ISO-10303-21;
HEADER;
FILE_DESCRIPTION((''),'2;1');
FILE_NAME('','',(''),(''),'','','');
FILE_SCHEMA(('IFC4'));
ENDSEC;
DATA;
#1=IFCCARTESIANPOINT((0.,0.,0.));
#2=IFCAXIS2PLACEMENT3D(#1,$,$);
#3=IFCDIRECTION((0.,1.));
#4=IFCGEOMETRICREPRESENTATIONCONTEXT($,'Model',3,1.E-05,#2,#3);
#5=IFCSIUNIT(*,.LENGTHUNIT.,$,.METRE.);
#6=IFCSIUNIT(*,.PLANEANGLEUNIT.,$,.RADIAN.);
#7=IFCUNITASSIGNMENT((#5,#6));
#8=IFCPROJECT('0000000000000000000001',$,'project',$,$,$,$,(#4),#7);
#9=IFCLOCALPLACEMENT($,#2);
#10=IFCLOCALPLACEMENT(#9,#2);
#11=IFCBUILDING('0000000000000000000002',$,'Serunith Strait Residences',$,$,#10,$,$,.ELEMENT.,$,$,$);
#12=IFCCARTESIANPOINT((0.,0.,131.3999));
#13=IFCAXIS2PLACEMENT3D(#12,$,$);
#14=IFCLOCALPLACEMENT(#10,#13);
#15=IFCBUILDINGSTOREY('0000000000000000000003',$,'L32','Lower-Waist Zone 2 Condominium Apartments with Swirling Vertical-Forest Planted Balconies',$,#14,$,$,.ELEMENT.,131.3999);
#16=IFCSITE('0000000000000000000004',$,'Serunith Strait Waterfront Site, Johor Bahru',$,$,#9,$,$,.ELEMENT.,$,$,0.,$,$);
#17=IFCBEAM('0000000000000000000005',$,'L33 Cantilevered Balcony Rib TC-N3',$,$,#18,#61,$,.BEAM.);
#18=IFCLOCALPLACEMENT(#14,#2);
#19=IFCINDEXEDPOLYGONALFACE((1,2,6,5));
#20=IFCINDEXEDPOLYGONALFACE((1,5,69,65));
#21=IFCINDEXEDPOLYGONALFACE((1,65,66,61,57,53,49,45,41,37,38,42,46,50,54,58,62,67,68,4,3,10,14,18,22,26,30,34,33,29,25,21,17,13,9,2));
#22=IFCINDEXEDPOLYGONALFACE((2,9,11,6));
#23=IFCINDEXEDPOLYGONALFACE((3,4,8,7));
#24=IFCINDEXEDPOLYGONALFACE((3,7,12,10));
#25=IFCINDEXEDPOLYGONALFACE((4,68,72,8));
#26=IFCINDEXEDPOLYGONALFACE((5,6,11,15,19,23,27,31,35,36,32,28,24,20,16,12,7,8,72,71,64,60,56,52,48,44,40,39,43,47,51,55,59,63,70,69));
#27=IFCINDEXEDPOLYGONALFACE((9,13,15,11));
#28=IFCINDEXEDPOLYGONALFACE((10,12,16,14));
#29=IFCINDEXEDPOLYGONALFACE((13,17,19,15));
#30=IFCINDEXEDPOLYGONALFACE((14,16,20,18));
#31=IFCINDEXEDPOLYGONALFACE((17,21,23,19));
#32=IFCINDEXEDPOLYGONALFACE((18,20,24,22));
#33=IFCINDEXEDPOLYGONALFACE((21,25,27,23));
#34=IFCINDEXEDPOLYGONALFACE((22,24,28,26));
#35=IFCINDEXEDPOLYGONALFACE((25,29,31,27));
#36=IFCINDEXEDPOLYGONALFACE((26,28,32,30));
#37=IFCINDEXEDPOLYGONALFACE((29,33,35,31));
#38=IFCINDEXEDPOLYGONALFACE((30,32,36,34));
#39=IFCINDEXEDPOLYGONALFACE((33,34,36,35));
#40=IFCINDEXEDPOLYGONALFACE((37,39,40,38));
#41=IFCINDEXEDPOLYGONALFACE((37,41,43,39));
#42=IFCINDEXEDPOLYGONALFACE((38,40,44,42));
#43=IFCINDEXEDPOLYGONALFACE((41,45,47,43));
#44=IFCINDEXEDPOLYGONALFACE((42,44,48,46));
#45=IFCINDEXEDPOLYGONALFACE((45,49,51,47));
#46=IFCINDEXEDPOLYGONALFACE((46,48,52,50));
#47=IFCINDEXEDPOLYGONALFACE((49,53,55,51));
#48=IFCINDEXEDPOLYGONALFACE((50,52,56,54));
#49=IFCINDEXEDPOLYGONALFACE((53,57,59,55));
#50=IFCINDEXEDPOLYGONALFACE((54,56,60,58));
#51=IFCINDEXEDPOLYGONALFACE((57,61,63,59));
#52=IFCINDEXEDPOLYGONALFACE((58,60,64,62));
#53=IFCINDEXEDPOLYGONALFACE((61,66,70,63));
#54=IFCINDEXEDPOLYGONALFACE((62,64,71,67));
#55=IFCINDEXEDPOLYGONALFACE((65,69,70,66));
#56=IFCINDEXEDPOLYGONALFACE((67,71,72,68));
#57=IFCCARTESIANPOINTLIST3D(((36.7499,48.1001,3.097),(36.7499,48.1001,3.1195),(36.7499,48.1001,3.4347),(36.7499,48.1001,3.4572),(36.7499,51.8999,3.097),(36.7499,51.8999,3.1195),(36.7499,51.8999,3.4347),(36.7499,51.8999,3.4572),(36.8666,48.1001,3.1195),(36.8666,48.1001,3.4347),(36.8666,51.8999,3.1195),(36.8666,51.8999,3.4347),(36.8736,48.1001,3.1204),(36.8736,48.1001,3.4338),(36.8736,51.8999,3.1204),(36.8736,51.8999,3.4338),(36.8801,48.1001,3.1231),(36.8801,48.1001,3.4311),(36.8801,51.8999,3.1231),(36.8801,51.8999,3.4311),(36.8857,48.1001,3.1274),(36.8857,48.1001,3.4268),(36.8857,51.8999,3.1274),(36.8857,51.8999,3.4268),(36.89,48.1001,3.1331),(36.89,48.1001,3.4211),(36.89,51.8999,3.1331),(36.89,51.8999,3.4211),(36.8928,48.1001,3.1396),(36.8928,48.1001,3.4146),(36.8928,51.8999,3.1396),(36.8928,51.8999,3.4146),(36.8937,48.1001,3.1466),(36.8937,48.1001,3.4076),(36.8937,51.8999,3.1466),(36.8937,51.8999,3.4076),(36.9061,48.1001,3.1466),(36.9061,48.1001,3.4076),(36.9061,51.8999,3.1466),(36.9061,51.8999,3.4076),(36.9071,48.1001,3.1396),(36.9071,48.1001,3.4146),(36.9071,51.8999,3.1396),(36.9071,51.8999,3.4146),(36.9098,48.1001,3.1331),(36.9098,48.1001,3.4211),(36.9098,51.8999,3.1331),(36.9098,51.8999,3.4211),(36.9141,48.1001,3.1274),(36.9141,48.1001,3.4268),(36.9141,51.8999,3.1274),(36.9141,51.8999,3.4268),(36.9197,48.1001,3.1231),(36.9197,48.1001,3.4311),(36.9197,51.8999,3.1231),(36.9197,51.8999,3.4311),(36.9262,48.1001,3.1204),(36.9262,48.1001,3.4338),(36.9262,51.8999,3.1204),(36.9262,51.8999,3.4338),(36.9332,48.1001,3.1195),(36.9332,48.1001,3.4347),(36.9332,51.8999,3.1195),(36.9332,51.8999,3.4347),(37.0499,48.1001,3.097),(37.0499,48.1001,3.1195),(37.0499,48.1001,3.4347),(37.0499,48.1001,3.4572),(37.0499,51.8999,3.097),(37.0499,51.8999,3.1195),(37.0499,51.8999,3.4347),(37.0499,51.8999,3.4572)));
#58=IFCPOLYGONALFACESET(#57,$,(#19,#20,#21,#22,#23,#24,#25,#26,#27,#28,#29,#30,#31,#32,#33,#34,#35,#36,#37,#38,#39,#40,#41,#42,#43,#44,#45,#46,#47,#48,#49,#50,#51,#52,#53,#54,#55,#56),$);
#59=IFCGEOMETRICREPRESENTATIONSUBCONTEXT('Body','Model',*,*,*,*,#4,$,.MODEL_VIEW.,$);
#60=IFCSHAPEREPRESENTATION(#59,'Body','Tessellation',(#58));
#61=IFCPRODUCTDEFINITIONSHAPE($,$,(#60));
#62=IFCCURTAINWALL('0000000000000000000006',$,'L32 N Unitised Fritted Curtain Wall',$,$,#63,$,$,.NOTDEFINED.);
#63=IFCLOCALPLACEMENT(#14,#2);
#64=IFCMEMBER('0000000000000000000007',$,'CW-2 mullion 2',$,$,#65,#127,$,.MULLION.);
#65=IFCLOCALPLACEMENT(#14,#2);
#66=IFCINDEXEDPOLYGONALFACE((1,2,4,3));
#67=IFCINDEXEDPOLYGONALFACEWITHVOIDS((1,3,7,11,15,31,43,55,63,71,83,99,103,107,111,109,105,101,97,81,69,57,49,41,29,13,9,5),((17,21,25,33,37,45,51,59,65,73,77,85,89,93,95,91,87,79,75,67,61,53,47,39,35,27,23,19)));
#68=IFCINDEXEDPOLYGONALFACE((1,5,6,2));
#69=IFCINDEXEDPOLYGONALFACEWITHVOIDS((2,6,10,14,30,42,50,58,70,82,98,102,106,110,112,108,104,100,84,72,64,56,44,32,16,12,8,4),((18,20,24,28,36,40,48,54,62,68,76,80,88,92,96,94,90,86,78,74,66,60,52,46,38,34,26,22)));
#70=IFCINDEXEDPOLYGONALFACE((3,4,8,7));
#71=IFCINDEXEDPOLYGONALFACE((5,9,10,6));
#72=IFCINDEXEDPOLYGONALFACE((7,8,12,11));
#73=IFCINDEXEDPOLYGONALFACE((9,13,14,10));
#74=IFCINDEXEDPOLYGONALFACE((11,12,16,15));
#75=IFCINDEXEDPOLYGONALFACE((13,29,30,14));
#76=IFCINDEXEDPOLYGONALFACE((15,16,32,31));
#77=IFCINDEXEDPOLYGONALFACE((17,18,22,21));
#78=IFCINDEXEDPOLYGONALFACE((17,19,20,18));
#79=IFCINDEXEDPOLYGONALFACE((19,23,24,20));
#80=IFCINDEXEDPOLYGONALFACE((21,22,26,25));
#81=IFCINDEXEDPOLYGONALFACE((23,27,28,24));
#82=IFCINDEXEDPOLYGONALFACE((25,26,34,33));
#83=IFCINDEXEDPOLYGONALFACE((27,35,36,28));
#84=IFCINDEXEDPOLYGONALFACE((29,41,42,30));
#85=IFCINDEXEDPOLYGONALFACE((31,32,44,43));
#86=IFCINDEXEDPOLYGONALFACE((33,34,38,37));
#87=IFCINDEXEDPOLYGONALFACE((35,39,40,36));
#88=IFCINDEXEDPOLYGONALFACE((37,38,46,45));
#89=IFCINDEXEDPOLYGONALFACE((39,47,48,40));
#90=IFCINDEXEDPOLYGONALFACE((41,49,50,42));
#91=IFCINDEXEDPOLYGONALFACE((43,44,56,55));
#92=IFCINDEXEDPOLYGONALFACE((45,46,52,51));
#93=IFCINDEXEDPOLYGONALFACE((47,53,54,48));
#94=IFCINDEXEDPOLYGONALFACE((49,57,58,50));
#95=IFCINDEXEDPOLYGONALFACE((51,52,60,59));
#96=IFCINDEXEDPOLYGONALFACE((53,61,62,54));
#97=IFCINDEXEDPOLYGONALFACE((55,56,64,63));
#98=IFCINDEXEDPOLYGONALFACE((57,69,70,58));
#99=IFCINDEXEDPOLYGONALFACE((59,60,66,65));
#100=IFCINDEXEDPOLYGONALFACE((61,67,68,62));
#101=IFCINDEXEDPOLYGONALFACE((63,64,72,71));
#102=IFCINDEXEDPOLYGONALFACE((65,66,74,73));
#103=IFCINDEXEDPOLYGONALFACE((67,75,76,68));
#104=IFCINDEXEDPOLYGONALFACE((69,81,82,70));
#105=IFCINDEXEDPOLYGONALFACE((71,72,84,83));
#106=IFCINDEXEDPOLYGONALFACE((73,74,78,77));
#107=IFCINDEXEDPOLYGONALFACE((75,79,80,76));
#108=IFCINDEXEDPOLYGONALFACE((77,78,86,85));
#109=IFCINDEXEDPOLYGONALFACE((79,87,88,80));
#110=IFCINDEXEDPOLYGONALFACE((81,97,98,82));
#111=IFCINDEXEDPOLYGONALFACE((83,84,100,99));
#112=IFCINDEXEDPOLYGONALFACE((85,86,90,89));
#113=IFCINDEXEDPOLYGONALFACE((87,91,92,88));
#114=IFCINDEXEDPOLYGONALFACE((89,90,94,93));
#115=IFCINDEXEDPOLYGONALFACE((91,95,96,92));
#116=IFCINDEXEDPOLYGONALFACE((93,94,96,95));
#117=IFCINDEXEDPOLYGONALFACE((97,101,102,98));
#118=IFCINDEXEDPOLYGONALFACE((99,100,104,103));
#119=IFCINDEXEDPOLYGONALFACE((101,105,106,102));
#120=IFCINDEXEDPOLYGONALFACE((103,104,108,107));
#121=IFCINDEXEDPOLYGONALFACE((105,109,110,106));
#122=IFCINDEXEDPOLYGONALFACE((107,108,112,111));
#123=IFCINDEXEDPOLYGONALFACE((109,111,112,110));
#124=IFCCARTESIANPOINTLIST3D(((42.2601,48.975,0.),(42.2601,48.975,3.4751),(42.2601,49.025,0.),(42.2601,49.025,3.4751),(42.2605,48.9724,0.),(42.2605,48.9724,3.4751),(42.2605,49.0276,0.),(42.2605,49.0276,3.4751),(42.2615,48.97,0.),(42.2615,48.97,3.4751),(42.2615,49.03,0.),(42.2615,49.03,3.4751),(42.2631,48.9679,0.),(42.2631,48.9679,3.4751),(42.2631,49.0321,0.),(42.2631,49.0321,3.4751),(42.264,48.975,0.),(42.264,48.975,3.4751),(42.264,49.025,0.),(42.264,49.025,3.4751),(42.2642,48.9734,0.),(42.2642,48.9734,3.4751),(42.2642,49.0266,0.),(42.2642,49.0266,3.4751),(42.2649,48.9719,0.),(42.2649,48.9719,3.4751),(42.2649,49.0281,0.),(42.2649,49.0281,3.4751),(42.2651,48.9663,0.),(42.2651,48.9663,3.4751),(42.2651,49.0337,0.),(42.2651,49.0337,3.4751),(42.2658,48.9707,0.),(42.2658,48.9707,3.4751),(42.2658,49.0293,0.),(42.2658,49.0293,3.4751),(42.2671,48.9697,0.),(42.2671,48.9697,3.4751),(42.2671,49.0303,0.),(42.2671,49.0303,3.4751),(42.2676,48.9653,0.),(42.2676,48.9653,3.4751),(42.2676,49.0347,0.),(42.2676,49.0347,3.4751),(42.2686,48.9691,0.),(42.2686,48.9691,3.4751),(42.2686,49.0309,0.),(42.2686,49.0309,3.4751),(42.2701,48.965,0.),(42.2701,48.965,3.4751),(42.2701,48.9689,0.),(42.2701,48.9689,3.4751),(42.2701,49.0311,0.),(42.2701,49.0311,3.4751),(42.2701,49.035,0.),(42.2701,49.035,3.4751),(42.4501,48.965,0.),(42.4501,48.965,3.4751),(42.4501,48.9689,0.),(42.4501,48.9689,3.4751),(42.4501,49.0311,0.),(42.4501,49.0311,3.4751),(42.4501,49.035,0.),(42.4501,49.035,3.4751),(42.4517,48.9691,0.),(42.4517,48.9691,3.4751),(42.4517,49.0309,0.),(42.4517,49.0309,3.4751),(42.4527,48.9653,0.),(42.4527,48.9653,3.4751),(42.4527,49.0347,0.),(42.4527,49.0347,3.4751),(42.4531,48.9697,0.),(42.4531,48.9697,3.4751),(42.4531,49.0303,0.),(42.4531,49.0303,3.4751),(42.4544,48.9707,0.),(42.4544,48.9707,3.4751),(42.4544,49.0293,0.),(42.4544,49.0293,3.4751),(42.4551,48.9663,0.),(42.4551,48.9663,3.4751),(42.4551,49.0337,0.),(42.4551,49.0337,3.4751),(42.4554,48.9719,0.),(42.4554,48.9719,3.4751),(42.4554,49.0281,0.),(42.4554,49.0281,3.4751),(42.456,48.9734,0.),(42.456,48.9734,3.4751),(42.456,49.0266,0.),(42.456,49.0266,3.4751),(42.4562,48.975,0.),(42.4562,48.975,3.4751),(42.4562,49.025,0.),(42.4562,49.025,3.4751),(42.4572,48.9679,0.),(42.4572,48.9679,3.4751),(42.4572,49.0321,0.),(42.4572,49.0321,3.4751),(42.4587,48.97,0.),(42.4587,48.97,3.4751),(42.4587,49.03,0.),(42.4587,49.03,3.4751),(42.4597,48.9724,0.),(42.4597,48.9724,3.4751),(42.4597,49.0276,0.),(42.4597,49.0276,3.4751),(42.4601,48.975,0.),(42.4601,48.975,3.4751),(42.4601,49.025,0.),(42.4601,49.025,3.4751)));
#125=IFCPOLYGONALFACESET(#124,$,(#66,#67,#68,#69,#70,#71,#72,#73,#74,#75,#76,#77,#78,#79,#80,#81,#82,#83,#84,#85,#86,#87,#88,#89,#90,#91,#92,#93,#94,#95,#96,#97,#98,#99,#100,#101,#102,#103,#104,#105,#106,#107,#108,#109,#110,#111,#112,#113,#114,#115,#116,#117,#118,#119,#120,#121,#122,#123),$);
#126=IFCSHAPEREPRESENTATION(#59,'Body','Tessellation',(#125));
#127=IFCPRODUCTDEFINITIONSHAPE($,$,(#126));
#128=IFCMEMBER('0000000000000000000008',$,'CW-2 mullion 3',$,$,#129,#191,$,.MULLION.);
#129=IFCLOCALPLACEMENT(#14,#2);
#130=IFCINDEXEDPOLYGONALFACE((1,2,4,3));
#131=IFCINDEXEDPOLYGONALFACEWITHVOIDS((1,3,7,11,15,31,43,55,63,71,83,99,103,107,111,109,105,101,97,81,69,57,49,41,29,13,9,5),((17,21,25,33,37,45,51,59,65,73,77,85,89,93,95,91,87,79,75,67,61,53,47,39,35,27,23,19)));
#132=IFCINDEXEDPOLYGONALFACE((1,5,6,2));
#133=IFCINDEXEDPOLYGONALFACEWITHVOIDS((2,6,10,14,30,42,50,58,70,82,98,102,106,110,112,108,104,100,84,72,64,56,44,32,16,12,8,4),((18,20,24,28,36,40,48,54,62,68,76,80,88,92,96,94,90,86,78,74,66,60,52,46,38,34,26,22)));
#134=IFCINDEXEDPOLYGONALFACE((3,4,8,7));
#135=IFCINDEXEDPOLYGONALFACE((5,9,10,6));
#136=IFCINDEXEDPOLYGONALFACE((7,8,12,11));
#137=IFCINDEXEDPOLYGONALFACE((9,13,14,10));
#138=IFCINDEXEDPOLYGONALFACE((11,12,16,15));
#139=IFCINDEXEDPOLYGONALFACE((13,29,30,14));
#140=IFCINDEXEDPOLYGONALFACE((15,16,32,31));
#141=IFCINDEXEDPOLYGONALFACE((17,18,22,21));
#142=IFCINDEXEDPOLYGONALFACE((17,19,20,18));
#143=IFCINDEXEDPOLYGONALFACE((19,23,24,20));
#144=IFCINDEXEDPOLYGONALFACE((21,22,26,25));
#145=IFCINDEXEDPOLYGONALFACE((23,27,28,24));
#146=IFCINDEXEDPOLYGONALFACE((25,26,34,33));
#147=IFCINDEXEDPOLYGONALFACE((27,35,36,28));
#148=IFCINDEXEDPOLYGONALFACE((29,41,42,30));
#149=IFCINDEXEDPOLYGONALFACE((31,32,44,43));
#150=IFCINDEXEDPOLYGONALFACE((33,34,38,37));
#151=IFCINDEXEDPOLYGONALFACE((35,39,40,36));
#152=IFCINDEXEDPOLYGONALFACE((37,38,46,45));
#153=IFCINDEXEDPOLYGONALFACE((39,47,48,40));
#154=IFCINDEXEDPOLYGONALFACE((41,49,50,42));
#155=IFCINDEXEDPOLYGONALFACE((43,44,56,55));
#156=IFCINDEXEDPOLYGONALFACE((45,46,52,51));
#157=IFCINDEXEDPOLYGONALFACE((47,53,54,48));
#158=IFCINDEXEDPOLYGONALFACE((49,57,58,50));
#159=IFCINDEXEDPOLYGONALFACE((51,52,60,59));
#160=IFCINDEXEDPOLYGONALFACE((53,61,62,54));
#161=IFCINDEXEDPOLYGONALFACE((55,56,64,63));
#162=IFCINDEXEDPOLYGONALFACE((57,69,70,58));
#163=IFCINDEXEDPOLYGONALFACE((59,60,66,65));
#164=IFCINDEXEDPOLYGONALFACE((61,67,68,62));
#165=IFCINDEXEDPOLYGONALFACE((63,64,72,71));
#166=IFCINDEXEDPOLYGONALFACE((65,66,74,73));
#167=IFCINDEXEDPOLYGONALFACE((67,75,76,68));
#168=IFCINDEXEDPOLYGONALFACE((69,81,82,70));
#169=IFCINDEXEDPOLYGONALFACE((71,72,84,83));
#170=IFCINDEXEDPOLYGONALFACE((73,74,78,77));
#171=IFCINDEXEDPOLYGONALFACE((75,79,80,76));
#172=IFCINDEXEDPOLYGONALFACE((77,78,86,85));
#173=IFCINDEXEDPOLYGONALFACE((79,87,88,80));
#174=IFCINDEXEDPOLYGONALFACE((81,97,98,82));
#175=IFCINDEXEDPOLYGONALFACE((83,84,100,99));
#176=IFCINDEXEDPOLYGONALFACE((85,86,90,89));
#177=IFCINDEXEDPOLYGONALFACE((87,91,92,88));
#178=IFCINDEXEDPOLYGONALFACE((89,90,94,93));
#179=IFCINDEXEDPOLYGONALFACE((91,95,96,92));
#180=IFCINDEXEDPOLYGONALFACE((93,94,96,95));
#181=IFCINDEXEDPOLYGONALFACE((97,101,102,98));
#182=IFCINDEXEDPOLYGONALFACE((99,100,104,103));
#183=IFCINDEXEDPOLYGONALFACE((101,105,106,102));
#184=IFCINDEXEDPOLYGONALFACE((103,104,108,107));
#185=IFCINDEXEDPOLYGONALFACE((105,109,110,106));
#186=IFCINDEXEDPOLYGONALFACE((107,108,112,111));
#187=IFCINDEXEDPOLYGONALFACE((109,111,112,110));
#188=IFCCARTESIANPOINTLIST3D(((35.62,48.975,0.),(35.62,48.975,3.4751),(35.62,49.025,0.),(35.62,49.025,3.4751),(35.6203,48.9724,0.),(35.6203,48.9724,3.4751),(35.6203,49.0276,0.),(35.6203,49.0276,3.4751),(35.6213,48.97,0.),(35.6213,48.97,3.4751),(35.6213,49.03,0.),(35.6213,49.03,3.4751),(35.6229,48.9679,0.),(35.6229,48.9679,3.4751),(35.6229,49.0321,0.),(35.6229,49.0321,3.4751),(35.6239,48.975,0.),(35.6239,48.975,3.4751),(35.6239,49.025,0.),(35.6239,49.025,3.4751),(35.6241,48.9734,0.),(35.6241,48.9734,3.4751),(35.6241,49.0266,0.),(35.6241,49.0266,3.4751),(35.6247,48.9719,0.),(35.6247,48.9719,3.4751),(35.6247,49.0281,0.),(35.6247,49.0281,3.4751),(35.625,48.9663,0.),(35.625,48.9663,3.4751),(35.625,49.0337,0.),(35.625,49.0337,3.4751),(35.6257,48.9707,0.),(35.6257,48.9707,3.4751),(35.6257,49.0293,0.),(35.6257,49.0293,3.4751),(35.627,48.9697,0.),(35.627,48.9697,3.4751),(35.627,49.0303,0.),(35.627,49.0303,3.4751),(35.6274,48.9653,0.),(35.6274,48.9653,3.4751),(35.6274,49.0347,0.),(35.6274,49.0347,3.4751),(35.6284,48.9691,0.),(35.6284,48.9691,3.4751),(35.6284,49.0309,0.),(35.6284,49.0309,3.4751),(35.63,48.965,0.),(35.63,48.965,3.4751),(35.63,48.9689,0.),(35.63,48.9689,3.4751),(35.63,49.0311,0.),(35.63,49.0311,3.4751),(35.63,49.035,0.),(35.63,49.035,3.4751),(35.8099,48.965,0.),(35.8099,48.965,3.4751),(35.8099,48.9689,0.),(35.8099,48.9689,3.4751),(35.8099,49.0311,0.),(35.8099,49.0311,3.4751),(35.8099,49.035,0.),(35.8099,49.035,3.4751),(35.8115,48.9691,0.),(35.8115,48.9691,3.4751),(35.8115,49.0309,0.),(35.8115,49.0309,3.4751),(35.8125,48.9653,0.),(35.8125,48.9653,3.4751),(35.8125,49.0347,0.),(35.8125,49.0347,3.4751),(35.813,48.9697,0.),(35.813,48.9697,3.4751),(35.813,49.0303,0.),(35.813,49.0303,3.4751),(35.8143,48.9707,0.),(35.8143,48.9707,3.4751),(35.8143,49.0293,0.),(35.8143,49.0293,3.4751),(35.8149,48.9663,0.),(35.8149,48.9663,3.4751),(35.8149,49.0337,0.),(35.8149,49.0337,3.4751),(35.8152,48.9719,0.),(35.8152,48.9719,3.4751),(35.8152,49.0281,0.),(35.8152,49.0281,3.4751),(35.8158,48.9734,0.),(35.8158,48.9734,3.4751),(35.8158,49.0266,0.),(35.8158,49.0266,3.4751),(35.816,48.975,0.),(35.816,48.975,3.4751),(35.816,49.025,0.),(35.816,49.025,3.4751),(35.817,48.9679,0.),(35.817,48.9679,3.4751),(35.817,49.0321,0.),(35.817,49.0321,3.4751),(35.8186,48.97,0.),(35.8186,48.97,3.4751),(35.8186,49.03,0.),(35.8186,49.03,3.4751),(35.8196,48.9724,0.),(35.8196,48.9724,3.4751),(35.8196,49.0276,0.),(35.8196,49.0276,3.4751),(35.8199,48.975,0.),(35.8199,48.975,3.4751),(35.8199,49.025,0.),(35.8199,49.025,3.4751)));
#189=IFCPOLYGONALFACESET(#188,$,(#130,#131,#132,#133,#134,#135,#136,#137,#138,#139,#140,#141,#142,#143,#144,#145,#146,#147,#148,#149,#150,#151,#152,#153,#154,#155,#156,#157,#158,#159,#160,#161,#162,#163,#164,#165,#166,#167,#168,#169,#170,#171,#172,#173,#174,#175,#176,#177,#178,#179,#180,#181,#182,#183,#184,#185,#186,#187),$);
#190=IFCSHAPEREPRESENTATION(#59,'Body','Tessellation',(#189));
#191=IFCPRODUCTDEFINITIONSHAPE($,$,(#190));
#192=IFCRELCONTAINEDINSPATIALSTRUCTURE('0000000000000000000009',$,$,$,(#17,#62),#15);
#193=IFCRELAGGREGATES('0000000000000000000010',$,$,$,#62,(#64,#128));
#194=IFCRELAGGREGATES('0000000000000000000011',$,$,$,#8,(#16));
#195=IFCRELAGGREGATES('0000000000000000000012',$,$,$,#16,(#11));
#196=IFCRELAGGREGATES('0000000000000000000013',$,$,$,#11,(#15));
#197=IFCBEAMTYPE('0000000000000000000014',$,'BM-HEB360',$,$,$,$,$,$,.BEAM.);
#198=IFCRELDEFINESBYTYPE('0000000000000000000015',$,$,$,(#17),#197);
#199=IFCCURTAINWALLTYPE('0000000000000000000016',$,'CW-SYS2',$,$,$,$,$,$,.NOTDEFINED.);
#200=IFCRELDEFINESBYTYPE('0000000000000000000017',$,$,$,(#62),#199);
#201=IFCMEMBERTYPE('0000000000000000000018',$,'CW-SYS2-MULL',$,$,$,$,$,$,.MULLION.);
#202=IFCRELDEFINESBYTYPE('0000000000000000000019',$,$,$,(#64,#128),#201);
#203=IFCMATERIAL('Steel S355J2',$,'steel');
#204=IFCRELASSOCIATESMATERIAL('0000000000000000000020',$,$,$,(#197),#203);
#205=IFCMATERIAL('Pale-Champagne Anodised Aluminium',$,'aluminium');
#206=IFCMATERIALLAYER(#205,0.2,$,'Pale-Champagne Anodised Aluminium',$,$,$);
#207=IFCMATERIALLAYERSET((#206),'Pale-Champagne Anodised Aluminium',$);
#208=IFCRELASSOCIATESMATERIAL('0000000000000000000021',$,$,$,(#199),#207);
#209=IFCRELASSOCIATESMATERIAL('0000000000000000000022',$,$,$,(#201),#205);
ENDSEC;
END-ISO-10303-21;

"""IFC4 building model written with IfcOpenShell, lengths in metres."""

from ifc_helpers import new_model, si_unit, direction, frame, origin, origin_2d, place, context, subcontext, project, spatial, hollow_rectangle, i_section, extrude, source, transform, mapped, material, layer, layer_set, material_profile, profile_set, type_object, element, aggregate, save


model = new_model("IFC4")

# Units and contexts
model_context = context("Model", 3, precision=1e-05, world=origin(), true_north=direction((0.0, 1.0)))
body_context = subcontext(model_context, "Body", "Model", "MODEL_VIEW")
ifc_project = project(units=[si_unit("LENGTHUNIT", "METRE"), si_unit("PLANEANGLEUNIT", "RADIAN")], contexts=[model_context])

# Site, building, storey
site_placement = place(None, origin())
site = spatial("IfcSite", under=ifc_project, at=site_placement, Name="Serunith Strait Waterfront Site, Johor Bahru", CompositionType="ELEMENT", RefElevation=0.0)
building_placement = place(site_placement, origin())
building = spatial("IfcBuilding", under=site, at=building_placement, Name="Serunith Strait Residences", CompositionType="ELEMENT")
storey_placement = place(building_placement, frame((0.0, 0.0, 131.3999)))
storey = spatial("IfcBuildingStorey", under=building, at=storey_placement, Name="L32", Description="Lower-Waist Zone 2 Condominium Apartments with Swirling Vertical-Forest Planted Balconies", CompositionType="ELEMENT", Elevation=131.3999)

# Beam
ifc_material_1 = material(Name="Steel S355J2", Category="steel")
ifc_material_profile_1 = material_profile(ifc_material_1, i_section(OverallWidth=0.3, OverallDepth=0.3601, WebThickness=0.0125, FlangeThickness=0.0225, FilletRadius=0.0271, at=origin_2d()), Name="HEB 360")
ifc_profile_set_1 = profile_set([ifc_material_profile_1], Name="Steel S355J2")
beam_type_1 = type_object("IfcBeamType", Name="BM-HEB360", PredefinedType="BEAM", material=ifc_profile_set_1)
shared_shape_1 = source(origin(), body_context, "Body", "SweptSolid", [
    extrude(i_section(OverallWidth=0.3, OverallDepth=0.3601, WebThickness=0.0125, FlangeThickness=0.0225, FilletRadius=0.0271, at=origin_2d()), origin(), (0.0, 0.0, 1.0), 3.7998),
])
beam_1_placement = place(storey_placement, frame((36.8999, 48.1001, 3.2771), z_axis=(0.0, 1.0, 0.0), x_axis=(-1.0, 0.0, 0.0)))
element("IfcBeam", 1, at=beam_1_placement, inside=storey, type_object=beam_type_1, Name="L33 Cantilevered Balcony Rib TC-N3", PredefinedType="BEAM", context=body_context, shape_type="MappedRepresentation", body=[
    mapped(shared_shape_1, transform((0.0, 0.0, 0.0), scale=1.0)),
])

# Curtain wall, members
ifc_material_2 = material(Name="Pale-Champagne Anodised Aluminium", Category="aluminium")
ifc_layer_1 = layer(ifc_material_2, 0.2, Name="Pale-Champagne Anodised Aluminium")
ifc_layer_set_1 = layer_set([ifc_layer_1], Name="Pale-Champagne Anodised Aluminium")
curtain_wall_type = type_object("IfcCurtainWallType", Name="CW-SYS2", PredefinedType="NOTDEFINED", material=ifc_layer_set_1)
curtain_wall_placement = place(storey_placement, origin())
curtain_wall = element("IfcCurtainWall", 2, at=curtain_wall_placement, inside=storey, type_object=curtain_wall_type, Name="L32 N Unitised Fritted Curtain Wall", PredefinedType="NOTDEFINED")
ifc_material_profile_2 = material_profile(ifc_material_2, hollow_rectangle(XDim=0.0701, YDim=0.2, WallThickness=0.0039, InnerFilletRadius=0.0061, OuterFilletRadius=0.01, at=origin_2d()), Name="ALU 200x70x4")
ifc_profile_set_2 = profile_set([ifc_material_profile_2], Name="Pale-Champagne Anodised Aluminium")
member_type_1 = type_object("IfcMemberType", Name="CW-SYS2-MULL", PredefinedType="MULLION", material=ifc_profile_set_2)
shared_shape_2 = source(origin(), body_context, "Body", "SweptSolid", [
    extrude(hollow_rectangle(XDim=0.0701, YDim=0.2, WallThickness=0.0039, InnerFilletRadius=0.0061, OuterFilletRadius=0.01, at=origin_2d()), origin(), (0.0, 0.0, 1.0), 3.4751),
])
member_1_placement = place(storey_placement, frame((42.3601, 49.0, 0.0), z_axis=(0.0, 0.0, 1.0), x_axis=(0.0, -1.0, 0.0)))
member_1 = element("IfcMember", 3, at=member_1_placement, type_object=member_type_1, Name="CW-2 mullion 2", PredefinedType="MULLION", context=body_context, shape_type="MappedRepresentation", body=[
    mapped(shared_shape_2, transform((0.0, 0.0, 0.0), scale=1.0)),
])
member_2_placement = place(storey_placement, frame((35.72, 49.0, 0.0), z_axis=(0.0, 0.0, 1.0), x_axis=(0.0, -1.0, 0.0)))
member_2 = element("IfcMember", 4, at=member_2_placement, type_object=member_type_1, Name="CW-2 mullion 3", PredefinedType="MULLION", context=body_context, shape_type="MappedRepresentation", body=[
    mapped(shared_shape_2, transform((0.0, 0.0, 0.0), scale=1.0)),
])
aggregate(curtain_wall, [member_1, member_2])

save(model, "model.ifc")
